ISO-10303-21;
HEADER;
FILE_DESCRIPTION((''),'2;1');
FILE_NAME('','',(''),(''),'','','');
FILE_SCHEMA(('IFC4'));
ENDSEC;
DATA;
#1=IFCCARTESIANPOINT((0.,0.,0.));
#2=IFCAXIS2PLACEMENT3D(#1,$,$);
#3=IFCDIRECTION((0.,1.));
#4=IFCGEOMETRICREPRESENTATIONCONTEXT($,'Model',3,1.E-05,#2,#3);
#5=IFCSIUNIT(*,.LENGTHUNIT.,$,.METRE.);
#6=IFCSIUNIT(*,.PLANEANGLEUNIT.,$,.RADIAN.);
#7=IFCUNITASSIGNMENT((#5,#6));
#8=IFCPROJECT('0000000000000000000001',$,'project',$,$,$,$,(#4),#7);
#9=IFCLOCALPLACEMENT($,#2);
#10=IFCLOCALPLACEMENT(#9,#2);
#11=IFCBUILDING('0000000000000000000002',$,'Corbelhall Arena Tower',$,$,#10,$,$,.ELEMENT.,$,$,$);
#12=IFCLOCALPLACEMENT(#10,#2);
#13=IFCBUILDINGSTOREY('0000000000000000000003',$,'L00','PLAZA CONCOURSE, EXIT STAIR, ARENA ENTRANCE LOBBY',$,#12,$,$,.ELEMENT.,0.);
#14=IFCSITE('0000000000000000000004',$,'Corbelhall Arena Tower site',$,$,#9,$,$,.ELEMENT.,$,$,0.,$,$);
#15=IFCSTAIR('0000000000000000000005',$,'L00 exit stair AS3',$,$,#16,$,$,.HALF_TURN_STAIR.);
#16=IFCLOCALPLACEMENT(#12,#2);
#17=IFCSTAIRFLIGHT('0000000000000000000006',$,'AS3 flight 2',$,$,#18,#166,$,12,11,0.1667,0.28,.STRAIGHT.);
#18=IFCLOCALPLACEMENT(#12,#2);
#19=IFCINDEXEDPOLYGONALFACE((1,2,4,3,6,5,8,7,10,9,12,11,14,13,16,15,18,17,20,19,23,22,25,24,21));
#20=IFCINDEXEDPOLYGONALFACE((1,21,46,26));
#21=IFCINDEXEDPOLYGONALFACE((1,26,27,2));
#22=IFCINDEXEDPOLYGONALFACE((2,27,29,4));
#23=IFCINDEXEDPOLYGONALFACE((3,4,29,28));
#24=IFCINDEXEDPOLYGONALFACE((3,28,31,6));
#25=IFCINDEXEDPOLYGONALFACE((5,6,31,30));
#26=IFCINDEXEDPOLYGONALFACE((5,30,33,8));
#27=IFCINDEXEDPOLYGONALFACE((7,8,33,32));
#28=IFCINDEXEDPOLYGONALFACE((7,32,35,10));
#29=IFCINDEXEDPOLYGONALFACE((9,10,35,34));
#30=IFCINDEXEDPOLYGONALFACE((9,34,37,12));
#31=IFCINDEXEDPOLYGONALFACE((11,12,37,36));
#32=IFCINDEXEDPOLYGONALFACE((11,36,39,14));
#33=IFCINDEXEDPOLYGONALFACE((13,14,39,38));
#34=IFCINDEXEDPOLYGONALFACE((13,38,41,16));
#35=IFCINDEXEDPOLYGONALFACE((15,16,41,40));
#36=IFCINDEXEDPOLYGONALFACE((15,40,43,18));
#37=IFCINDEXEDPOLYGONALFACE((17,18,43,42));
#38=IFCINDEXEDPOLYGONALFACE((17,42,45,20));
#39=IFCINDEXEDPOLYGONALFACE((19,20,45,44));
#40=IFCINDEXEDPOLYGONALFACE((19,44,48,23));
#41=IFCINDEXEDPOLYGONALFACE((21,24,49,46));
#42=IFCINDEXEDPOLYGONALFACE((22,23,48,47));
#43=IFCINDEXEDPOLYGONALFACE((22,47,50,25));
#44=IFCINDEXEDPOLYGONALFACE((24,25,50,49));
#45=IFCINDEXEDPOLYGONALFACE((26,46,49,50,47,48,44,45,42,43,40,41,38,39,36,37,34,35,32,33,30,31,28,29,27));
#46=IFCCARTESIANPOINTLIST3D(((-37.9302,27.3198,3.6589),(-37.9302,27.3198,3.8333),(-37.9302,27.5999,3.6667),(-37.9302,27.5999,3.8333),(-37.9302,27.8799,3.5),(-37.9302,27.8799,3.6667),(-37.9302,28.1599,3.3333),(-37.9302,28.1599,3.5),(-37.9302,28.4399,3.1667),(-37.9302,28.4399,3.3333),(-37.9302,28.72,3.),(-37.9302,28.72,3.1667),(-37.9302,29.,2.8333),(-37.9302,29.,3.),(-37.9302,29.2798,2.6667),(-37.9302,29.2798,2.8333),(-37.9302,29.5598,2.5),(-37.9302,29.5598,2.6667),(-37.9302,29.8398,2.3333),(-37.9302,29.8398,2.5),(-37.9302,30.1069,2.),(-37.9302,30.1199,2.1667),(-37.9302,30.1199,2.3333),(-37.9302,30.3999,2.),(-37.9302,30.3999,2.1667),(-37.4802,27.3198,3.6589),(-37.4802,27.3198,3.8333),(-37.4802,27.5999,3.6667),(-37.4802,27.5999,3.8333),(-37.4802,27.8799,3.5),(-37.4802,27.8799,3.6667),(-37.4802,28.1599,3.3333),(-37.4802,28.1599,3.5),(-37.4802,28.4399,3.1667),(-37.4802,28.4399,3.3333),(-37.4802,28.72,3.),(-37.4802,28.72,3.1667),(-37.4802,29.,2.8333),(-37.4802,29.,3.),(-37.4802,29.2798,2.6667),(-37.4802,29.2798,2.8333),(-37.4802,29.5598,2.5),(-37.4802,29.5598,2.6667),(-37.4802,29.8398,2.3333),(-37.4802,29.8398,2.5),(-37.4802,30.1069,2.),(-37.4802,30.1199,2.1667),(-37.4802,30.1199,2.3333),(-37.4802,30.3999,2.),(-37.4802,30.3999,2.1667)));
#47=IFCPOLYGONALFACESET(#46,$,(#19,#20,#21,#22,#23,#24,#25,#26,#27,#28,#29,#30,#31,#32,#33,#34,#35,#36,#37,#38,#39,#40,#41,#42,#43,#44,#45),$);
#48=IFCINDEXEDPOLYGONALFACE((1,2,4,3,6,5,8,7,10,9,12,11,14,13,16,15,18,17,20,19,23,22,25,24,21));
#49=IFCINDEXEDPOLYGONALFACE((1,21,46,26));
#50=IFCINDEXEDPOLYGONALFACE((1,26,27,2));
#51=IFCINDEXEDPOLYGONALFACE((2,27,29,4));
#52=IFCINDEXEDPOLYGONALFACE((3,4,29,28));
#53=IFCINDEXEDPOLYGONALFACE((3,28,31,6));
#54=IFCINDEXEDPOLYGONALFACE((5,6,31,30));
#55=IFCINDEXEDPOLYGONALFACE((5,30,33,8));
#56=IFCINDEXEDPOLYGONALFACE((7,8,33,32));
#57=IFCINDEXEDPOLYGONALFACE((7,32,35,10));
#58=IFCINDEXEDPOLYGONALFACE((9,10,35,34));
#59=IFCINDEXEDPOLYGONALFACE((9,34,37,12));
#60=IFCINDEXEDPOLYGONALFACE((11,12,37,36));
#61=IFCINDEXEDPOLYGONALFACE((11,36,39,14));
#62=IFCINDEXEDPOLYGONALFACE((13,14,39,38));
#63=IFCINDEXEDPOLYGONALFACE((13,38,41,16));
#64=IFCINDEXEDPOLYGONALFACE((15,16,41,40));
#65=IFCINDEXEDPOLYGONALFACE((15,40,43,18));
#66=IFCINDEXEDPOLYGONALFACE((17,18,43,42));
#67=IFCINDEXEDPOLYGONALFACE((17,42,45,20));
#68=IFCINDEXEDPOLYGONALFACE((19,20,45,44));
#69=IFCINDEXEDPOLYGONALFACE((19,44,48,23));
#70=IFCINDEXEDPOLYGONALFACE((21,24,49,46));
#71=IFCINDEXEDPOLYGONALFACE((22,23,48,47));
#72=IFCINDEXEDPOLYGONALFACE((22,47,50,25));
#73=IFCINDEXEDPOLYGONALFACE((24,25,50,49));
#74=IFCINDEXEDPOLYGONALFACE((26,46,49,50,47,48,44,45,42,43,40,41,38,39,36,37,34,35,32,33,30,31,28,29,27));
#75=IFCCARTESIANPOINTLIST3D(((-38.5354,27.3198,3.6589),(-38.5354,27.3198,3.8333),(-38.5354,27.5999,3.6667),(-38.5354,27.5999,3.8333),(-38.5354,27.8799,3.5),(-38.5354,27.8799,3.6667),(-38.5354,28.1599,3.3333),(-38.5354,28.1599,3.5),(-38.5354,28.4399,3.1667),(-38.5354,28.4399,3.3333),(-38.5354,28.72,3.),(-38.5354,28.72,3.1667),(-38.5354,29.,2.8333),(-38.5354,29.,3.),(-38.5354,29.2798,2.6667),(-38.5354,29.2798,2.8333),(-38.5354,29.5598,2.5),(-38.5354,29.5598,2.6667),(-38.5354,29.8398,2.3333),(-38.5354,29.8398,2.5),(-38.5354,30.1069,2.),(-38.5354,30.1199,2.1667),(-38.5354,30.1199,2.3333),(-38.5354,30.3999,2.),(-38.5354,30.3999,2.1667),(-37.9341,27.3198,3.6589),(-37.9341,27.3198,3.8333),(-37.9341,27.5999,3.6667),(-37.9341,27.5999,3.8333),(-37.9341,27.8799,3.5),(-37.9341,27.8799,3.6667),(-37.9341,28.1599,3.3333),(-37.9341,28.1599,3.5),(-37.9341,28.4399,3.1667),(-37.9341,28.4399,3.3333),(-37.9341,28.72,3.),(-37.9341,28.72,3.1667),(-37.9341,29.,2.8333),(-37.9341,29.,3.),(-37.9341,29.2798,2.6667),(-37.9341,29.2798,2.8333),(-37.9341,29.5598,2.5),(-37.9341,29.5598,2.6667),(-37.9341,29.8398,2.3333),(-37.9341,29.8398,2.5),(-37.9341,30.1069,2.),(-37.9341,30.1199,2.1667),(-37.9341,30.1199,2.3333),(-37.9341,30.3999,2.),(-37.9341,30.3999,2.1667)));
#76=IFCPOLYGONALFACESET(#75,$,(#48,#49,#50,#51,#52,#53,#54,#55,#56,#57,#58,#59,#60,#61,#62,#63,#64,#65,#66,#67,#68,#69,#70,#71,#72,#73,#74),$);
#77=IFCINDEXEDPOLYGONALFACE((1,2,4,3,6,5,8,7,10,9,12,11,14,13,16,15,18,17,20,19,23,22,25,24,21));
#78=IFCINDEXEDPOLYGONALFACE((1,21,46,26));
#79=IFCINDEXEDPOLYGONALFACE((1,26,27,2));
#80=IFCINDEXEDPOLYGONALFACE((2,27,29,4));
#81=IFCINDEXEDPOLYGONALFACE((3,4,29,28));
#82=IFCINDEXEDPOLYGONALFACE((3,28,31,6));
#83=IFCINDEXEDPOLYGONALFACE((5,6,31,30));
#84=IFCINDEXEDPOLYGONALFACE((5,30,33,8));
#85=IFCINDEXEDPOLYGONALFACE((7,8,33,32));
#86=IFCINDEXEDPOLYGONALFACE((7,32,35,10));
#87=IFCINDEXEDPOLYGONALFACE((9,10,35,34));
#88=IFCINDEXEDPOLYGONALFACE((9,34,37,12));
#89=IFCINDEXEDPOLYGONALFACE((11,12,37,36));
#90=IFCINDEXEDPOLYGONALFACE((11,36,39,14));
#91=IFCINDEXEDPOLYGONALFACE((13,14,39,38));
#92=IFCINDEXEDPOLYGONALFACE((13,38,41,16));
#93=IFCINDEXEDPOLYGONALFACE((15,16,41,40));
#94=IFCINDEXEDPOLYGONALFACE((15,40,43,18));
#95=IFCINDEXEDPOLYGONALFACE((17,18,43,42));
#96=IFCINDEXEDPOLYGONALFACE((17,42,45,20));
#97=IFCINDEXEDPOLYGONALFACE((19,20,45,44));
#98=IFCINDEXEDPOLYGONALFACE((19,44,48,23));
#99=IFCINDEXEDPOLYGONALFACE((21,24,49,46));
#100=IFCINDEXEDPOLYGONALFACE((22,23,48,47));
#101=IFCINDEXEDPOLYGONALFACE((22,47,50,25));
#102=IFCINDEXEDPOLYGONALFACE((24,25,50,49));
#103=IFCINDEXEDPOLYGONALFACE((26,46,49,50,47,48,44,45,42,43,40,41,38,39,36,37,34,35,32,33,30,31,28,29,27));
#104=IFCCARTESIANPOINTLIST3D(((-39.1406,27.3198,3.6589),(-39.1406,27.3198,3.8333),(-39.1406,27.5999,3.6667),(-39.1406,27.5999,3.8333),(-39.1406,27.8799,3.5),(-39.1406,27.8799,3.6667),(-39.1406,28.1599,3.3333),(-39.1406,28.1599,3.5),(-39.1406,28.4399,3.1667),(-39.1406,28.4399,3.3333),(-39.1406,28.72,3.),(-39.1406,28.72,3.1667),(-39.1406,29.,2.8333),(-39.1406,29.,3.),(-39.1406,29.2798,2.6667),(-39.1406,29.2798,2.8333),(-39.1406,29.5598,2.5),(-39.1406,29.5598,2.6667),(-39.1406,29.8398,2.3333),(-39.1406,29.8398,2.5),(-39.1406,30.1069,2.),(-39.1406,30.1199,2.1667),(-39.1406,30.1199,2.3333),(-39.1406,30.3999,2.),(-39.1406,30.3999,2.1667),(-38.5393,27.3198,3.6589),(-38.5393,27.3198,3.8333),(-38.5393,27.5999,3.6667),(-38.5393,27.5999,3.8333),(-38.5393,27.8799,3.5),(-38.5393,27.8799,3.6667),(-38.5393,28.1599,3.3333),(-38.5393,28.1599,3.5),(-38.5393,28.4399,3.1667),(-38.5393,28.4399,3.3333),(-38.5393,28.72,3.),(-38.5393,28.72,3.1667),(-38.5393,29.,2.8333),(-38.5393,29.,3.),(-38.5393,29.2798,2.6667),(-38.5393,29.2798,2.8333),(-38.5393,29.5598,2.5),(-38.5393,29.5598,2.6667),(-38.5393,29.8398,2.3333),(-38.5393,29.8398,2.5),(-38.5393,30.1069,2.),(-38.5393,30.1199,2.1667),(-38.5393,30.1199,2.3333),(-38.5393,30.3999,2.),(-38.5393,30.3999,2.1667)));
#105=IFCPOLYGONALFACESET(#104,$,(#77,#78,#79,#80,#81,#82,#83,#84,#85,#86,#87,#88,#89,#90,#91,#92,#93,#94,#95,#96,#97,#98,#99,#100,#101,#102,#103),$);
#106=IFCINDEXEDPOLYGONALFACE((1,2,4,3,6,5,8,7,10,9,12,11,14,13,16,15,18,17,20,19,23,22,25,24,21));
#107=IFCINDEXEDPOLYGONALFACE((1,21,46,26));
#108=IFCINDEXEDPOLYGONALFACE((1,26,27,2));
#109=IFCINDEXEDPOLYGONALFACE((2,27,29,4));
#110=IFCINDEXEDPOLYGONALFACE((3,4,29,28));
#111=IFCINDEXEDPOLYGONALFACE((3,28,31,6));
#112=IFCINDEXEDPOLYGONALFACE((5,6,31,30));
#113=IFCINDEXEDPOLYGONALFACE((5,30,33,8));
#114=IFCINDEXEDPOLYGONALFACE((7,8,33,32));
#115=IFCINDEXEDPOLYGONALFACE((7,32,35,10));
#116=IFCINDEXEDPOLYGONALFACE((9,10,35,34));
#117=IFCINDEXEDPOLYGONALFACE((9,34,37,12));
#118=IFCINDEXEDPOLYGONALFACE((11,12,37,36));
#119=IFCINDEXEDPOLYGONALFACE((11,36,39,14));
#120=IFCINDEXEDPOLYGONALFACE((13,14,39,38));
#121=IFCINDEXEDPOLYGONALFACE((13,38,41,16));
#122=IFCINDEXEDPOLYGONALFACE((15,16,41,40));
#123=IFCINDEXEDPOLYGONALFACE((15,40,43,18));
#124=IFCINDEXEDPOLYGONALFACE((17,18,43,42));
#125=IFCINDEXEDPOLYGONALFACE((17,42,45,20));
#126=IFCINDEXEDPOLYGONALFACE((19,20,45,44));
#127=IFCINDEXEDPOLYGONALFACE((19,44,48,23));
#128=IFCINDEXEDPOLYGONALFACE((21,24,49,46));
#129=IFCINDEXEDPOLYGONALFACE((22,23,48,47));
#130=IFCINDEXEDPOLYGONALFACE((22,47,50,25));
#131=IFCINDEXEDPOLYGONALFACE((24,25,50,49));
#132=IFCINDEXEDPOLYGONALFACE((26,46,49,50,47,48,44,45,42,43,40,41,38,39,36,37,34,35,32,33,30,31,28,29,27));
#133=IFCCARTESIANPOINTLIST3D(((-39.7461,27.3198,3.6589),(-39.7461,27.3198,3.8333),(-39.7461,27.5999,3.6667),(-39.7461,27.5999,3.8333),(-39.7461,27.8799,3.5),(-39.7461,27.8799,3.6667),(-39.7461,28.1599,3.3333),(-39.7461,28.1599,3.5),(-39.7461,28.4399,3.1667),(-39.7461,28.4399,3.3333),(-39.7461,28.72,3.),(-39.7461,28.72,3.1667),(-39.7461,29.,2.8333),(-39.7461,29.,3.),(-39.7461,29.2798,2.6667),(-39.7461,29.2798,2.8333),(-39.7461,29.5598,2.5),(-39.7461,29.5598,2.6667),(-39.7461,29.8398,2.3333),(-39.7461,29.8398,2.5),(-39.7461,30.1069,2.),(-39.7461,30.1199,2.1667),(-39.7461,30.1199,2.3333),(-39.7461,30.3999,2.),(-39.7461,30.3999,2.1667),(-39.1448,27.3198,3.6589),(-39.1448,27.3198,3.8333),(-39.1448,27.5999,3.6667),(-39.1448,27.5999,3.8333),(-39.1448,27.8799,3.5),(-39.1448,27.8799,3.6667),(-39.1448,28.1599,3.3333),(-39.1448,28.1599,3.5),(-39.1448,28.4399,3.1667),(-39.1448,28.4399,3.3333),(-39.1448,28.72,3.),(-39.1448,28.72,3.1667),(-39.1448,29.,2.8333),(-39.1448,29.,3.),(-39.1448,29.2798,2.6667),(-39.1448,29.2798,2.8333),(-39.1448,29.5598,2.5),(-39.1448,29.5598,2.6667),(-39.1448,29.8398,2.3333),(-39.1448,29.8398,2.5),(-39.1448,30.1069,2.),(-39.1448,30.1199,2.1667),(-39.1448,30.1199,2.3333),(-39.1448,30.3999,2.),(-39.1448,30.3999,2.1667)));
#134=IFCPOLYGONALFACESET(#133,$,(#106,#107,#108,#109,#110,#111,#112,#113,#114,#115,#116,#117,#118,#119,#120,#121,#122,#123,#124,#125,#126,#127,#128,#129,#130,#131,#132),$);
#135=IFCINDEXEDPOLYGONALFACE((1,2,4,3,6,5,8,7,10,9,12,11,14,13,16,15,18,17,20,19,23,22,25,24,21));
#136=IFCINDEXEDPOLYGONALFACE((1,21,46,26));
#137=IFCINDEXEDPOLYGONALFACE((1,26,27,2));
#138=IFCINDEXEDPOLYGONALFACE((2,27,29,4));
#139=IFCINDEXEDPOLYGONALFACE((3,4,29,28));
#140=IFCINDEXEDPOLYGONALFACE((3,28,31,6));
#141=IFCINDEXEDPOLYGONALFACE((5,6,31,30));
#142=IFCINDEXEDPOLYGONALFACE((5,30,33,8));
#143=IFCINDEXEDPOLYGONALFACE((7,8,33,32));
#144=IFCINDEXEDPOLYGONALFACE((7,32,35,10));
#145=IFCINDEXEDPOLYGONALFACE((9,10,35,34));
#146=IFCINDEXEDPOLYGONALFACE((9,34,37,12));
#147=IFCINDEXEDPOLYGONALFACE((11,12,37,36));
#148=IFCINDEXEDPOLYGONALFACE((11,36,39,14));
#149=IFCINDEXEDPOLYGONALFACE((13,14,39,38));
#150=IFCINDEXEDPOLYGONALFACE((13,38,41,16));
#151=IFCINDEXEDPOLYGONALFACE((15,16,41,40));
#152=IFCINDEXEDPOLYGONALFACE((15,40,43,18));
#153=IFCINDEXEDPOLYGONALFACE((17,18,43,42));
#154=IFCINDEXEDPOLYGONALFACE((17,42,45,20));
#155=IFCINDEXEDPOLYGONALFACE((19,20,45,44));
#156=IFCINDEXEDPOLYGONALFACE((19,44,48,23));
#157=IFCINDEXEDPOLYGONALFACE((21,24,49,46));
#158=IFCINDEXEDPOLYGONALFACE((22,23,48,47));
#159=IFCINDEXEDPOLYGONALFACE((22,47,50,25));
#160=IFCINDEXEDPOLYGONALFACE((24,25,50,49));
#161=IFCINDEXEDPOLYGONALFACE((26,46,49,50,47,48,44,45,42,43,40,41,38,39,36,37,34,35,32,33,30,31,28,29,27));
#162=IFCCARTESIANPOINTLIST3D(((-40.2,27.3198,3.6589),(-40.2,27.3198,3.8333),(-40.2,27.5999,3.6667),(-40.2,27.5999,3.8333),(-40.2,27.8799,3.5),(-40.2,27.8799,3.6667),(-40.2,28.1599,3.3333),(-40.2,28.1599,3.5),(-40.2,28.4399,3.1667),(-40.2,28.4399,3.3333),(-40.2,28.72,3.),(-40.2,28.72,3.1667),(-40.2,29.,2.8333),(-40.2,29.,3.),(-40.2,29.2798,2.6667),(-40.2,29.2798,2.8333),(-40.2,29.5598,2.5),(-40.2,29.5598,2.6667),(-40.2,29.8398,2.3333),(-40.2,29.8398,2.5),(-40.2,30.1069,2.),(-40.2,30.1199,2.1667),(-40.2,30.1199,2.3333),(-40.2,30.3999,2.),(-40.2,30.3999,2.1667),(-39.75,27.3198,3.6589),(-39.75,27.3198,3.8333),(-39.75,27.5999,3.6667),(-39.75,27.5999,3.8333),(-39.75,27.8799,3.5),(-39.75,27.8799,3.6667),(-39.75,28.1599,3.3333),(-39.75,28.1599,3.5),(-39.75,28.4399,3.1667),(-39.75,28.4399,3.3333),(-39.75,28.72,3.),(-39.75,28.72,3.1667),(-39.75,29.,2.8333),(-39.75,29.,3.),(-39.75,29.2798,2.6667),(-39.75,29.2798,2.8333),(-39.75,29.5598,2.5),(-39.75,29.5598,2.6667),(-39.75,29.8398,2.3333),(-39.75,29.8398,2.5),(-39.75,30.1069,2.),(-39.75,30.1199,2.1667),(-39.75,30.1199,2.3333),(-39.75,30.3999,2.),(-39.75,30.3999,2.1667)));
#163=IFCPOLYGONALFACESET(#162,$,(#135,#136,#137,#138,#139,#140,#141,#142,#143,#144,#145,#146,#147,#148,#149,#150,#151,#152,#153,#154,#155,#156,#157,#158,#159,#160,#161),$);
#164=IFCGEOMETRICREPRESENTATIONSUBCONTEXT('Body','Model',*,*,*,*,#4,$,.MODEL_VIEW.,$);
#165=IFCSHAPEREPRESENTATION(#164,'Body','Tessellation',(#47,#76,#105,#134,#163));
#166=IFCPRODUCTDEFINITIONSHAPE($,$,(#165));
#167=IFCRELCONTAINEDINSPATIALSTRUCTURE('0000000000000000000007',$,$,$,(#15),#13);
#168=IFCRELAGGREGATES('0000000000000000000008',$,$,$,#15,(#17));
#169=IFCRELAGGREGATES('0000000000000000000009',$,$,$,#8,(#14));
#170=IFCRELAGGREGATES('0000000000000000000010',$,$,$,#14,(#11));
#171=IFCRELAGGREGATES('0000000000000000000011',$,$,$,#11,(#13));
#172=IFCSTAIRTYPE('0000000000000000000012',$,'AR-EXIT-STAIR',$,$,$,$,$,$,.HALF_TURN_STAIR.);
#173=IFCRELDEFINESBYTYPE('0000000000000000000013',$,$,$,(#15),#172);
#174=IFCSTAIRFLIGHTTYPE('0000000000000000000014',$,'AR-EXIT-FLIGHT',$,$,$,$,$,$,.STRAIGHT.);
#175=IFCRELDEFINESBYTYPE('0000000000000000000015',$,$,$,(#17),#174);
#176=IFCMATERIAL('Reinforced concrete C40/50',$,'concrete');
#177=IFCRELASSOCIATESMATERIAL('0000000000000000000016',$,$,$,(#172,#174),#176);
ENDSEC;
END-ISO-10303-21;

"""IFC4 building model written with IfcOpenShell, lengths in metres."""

from ifc_helpers import new_model, si_unit, direction, frame, origin, place, context, subcontext, project, spatial, polyline, outline, extrude, material, type_object, element, aggregate, save


model = new_model("IFC4")

# Units and contexts
model_context = context("Model", 3, precision=1e-05, world=origin(), true_north=direction((0.0, 1.0)))
body_context = subcontext(model_context, "Body", "Model", "MODEL_VIEW")
ifc_project = project(units=[si_unit("LENGTHUNIT", "METRE"), si_unit("PLANEANGLEUNIT", "RADIAN")], contexts=[model_context])

# Site, building, storey
site_placement = place(None, origin())
site = spatial("IfcSite", under=ifc_project, at=site_placement, Name="Corbelhall Arena Tower site", CompositionType="ELEMENT", RefElevation=0.0)
building_placement = place(site_placement, origin())
building = spatial("IfcBuilding", under=site, at=building_placement, Name="Corbelhall Arena Tower", CompositionType="ELEMENT")
storey_placement = place(building_placement, origin())
storey = spatial("IfcBuildingStorey", under=building, at=storey_placement, Name="L00", Description="PLAZA CONCOURSE, EXIT STAIR, ARENA ENTRANCE LOBBY", CompositionType="ELEMENT", Elevation=0.0)

# Shared definitions
ifc_material_1 = material(Name="Reinforced concrete C40/50", Category="concrete")

# Stair, stair flight
stair_type = type_object("IfcStairType", Name="AR-EXIT-STAIR", PredefinedType="HALF_TURN_STAIR", material=ifc_material_1)
stair_1_placement = place(storey_placement, origin())
stair_1 = element("IfcStair", 1, at=stair_1_placement, inside=storey, type_object=stair_type, Name="L00 exit stair AS3", PredefinedType="HALF_TURN_STAIR")
stair_flight_type = type_object("IfcStairFlightType", Name="AR-EXIT-FLIGHT", PredefinedType="STRAIGHT", material=ifc_material_1)
stair_flight_1_placement = place(storey_placement, frame((-38.8401, 30.3999, 2.0), z_axis=(0.0, 0.0, 1.0), x_axis=(0.0, -1.0, 0.0)))
stair_flight_1 = element("IfcStairFlight", 2, at=stair_flight_1_placement, type_object=stair_flight_type, Name="AS3 flight 2", NumberOfRisers=12, NumberOfTreads=11, PredefinedType="STRAIGHT", RiserHeight=0.1667, TreadLength=0.28, context=body_context, shape_type="SweptSolid", body=[
    extrude(outline(polyline([(0.0, 0.0), (0.0, 0.1667), (0.28, 0.1667), (0.28, 0.3333), (0.5601, 0.3333), (0.5601, 0.5), (0.8401, 0.5), (0.8401, 0.6667), (1.1201, 0.6667), (1.1201, 0.8333), (1.3999, 0.8333), (1.3999, 1.0), (1.6799, 1.0), (1.6799, 1.1667), (1.96, 1.1667), (1.96, 1.3333), (2.24, 1.3333), (2.24, 1.5), (2.52, 1.5), (2.52, 1.6667), (2.8, 1.6667), (2.8, 1.8333), (3.0801, 1.8333), (3.0801, 2.0), (3.0801, 1.6589), (0.293, 0.0), (0.0, 0.0)])), frame((0.0, 1.3599, 0.0), z_axis=(0.0, -1.0, 0.0), x_axis=(1.0, 0.0, 0.0)), (0.0, 0.0, 1.0), 0.45),
    extrude(outline(polyline([(0.0, 0.0), (0.0, 0.1667), (0.28, 0.1667), (0.28, 0.3333), (0.5601, 0.3333), (0.5601, 0.5), (0.8401, 0.5), (0.8401, 0.6667), (1.1201, 0.6667), (1.1201, 0.8333), (1.3999, 0.8333), (1.3999, 1.0), (1.6799, 1.0), (1.6799, 1.1667), (1.96, 1.1667), (1.96, 1.3333), (2.24, 1.3333), (2.24, 1.5), (2.52, 1.5), (2.52, 1.6667), (2.8, 1.6667), (2.8, 1.8333), (3.0801, 1.8333), (3.0801, 2.0), (3.0801, 1.6589), (0.293, 0.0), (0.0, 0.0)])), frame((0.0, 0.906, 0.0), z_axis=(0.0, -1.0, 0.0), x_axis=(1.0, 0.0, 0.0)), (0.0, 0.0, 1.0), 0.6013),
    extrude(outline(polyline([(0.0, 0.0), (0.0, 0.1667), (0.28, 0.1667), (0.28, 0.3333), (0.5601, 0.3333), (0.5601, 0.5), (0.8401, 0.5), (0.8401, 0.6667), (1.1201, 0.6667), (1.1201, 0.8333), (1.3999, 0.8333), (1.3999, 1.0), (1.6799, 1.0), (1.6799, 1.1667), (1.96, 1.1667), (1.96, 1.3333), (2.24, 1.3333), (2.24, 1.5), (2.52, 1.5), (2.52, 1.6667), (2.8, 1.6667), (2.8, 1.8333), (3.0801, 1.8333), (3.0801, 2.0), (3.0801, 1.6589), (0.293, 0.0), (0.0, 0.0)])), frame((0.0, 0.3008, 0.0), z_axis=(0.0, -1.0, 0.0), x_axis=(1.0, 0.0, 0.0)), (0.0, 0.0, 1.0), 0.6013),
    extrude(outline(polyline([(0.0, 0.0), (0.0, 0.1667), (0.28, 0.1667), (0.28, 0.3333), (0.5601, 0.3333), (0.5601, 0.5), (0.8401, 0.5), (0.8401, 0.6667), (1.1201, 0.6667), (1.1201, 0.8333), (1.3999, 0.8333), (1.3999, 1.0), (1.6799, 1.0), (1.6799, 1.1667), (1.96, 1.1667), (1.96, 1.3333), (2.24, 1.3333), (2.24, 1.5), (2.52, 1.5), (2.52, 1.6667), (2.8, 1.6667), (2.8, 1.8333), (3.0801, 1.8333), (3.0801, 2.0), (3.0801, 1.6589), (0.293, 0.0), (0.0, 0.0)])), frame((0.0, -0.3047, 0.0), z_axis=(0.0, -1.0, 0.0), x_axis=(1.0, 0.0, 0.0)), (0.0, 0.0, 1.0), 0.6013),
    extrude(outline(polyline([(0.0, 0.0), (0.0, 0.1667), (0.28, 0.1667), (0.28, 0.3333), (0.5601, 0.3333), (0.5601, 0.5), (0.8401, 0.5), (0.8401, 0.6667), (1.1201, 0.6667), (1.1201, 0.8333), (1.3999, 0.8333), (1.3999, 1.0), (1.6799, 1.0), (1.6799, 1.1667), (1.96, 1.1667), (1.96, 1.3333), (2.24, 1.3333), (2.24, 1.5), (2.52, 1.5), (2.52, 1.6667), (2.8, 1.6667), (2.8, 1.8333), (3.0801, 1.8333), (3.0801, 2.0), (3.0801, 1.6589), (0.293, 0.0), (0.0, 0.0)])), frame((0.0, -0.9099, 0.0), z_axis=(0.0, -1.0, 0.0), x_axis=(1.0, 0.0, 0.0)), (0.0, 0.0, 1.0), 0.45),
])
aggregate(stair_1, [stair_flight_1])

save(model, "model.ifc")
